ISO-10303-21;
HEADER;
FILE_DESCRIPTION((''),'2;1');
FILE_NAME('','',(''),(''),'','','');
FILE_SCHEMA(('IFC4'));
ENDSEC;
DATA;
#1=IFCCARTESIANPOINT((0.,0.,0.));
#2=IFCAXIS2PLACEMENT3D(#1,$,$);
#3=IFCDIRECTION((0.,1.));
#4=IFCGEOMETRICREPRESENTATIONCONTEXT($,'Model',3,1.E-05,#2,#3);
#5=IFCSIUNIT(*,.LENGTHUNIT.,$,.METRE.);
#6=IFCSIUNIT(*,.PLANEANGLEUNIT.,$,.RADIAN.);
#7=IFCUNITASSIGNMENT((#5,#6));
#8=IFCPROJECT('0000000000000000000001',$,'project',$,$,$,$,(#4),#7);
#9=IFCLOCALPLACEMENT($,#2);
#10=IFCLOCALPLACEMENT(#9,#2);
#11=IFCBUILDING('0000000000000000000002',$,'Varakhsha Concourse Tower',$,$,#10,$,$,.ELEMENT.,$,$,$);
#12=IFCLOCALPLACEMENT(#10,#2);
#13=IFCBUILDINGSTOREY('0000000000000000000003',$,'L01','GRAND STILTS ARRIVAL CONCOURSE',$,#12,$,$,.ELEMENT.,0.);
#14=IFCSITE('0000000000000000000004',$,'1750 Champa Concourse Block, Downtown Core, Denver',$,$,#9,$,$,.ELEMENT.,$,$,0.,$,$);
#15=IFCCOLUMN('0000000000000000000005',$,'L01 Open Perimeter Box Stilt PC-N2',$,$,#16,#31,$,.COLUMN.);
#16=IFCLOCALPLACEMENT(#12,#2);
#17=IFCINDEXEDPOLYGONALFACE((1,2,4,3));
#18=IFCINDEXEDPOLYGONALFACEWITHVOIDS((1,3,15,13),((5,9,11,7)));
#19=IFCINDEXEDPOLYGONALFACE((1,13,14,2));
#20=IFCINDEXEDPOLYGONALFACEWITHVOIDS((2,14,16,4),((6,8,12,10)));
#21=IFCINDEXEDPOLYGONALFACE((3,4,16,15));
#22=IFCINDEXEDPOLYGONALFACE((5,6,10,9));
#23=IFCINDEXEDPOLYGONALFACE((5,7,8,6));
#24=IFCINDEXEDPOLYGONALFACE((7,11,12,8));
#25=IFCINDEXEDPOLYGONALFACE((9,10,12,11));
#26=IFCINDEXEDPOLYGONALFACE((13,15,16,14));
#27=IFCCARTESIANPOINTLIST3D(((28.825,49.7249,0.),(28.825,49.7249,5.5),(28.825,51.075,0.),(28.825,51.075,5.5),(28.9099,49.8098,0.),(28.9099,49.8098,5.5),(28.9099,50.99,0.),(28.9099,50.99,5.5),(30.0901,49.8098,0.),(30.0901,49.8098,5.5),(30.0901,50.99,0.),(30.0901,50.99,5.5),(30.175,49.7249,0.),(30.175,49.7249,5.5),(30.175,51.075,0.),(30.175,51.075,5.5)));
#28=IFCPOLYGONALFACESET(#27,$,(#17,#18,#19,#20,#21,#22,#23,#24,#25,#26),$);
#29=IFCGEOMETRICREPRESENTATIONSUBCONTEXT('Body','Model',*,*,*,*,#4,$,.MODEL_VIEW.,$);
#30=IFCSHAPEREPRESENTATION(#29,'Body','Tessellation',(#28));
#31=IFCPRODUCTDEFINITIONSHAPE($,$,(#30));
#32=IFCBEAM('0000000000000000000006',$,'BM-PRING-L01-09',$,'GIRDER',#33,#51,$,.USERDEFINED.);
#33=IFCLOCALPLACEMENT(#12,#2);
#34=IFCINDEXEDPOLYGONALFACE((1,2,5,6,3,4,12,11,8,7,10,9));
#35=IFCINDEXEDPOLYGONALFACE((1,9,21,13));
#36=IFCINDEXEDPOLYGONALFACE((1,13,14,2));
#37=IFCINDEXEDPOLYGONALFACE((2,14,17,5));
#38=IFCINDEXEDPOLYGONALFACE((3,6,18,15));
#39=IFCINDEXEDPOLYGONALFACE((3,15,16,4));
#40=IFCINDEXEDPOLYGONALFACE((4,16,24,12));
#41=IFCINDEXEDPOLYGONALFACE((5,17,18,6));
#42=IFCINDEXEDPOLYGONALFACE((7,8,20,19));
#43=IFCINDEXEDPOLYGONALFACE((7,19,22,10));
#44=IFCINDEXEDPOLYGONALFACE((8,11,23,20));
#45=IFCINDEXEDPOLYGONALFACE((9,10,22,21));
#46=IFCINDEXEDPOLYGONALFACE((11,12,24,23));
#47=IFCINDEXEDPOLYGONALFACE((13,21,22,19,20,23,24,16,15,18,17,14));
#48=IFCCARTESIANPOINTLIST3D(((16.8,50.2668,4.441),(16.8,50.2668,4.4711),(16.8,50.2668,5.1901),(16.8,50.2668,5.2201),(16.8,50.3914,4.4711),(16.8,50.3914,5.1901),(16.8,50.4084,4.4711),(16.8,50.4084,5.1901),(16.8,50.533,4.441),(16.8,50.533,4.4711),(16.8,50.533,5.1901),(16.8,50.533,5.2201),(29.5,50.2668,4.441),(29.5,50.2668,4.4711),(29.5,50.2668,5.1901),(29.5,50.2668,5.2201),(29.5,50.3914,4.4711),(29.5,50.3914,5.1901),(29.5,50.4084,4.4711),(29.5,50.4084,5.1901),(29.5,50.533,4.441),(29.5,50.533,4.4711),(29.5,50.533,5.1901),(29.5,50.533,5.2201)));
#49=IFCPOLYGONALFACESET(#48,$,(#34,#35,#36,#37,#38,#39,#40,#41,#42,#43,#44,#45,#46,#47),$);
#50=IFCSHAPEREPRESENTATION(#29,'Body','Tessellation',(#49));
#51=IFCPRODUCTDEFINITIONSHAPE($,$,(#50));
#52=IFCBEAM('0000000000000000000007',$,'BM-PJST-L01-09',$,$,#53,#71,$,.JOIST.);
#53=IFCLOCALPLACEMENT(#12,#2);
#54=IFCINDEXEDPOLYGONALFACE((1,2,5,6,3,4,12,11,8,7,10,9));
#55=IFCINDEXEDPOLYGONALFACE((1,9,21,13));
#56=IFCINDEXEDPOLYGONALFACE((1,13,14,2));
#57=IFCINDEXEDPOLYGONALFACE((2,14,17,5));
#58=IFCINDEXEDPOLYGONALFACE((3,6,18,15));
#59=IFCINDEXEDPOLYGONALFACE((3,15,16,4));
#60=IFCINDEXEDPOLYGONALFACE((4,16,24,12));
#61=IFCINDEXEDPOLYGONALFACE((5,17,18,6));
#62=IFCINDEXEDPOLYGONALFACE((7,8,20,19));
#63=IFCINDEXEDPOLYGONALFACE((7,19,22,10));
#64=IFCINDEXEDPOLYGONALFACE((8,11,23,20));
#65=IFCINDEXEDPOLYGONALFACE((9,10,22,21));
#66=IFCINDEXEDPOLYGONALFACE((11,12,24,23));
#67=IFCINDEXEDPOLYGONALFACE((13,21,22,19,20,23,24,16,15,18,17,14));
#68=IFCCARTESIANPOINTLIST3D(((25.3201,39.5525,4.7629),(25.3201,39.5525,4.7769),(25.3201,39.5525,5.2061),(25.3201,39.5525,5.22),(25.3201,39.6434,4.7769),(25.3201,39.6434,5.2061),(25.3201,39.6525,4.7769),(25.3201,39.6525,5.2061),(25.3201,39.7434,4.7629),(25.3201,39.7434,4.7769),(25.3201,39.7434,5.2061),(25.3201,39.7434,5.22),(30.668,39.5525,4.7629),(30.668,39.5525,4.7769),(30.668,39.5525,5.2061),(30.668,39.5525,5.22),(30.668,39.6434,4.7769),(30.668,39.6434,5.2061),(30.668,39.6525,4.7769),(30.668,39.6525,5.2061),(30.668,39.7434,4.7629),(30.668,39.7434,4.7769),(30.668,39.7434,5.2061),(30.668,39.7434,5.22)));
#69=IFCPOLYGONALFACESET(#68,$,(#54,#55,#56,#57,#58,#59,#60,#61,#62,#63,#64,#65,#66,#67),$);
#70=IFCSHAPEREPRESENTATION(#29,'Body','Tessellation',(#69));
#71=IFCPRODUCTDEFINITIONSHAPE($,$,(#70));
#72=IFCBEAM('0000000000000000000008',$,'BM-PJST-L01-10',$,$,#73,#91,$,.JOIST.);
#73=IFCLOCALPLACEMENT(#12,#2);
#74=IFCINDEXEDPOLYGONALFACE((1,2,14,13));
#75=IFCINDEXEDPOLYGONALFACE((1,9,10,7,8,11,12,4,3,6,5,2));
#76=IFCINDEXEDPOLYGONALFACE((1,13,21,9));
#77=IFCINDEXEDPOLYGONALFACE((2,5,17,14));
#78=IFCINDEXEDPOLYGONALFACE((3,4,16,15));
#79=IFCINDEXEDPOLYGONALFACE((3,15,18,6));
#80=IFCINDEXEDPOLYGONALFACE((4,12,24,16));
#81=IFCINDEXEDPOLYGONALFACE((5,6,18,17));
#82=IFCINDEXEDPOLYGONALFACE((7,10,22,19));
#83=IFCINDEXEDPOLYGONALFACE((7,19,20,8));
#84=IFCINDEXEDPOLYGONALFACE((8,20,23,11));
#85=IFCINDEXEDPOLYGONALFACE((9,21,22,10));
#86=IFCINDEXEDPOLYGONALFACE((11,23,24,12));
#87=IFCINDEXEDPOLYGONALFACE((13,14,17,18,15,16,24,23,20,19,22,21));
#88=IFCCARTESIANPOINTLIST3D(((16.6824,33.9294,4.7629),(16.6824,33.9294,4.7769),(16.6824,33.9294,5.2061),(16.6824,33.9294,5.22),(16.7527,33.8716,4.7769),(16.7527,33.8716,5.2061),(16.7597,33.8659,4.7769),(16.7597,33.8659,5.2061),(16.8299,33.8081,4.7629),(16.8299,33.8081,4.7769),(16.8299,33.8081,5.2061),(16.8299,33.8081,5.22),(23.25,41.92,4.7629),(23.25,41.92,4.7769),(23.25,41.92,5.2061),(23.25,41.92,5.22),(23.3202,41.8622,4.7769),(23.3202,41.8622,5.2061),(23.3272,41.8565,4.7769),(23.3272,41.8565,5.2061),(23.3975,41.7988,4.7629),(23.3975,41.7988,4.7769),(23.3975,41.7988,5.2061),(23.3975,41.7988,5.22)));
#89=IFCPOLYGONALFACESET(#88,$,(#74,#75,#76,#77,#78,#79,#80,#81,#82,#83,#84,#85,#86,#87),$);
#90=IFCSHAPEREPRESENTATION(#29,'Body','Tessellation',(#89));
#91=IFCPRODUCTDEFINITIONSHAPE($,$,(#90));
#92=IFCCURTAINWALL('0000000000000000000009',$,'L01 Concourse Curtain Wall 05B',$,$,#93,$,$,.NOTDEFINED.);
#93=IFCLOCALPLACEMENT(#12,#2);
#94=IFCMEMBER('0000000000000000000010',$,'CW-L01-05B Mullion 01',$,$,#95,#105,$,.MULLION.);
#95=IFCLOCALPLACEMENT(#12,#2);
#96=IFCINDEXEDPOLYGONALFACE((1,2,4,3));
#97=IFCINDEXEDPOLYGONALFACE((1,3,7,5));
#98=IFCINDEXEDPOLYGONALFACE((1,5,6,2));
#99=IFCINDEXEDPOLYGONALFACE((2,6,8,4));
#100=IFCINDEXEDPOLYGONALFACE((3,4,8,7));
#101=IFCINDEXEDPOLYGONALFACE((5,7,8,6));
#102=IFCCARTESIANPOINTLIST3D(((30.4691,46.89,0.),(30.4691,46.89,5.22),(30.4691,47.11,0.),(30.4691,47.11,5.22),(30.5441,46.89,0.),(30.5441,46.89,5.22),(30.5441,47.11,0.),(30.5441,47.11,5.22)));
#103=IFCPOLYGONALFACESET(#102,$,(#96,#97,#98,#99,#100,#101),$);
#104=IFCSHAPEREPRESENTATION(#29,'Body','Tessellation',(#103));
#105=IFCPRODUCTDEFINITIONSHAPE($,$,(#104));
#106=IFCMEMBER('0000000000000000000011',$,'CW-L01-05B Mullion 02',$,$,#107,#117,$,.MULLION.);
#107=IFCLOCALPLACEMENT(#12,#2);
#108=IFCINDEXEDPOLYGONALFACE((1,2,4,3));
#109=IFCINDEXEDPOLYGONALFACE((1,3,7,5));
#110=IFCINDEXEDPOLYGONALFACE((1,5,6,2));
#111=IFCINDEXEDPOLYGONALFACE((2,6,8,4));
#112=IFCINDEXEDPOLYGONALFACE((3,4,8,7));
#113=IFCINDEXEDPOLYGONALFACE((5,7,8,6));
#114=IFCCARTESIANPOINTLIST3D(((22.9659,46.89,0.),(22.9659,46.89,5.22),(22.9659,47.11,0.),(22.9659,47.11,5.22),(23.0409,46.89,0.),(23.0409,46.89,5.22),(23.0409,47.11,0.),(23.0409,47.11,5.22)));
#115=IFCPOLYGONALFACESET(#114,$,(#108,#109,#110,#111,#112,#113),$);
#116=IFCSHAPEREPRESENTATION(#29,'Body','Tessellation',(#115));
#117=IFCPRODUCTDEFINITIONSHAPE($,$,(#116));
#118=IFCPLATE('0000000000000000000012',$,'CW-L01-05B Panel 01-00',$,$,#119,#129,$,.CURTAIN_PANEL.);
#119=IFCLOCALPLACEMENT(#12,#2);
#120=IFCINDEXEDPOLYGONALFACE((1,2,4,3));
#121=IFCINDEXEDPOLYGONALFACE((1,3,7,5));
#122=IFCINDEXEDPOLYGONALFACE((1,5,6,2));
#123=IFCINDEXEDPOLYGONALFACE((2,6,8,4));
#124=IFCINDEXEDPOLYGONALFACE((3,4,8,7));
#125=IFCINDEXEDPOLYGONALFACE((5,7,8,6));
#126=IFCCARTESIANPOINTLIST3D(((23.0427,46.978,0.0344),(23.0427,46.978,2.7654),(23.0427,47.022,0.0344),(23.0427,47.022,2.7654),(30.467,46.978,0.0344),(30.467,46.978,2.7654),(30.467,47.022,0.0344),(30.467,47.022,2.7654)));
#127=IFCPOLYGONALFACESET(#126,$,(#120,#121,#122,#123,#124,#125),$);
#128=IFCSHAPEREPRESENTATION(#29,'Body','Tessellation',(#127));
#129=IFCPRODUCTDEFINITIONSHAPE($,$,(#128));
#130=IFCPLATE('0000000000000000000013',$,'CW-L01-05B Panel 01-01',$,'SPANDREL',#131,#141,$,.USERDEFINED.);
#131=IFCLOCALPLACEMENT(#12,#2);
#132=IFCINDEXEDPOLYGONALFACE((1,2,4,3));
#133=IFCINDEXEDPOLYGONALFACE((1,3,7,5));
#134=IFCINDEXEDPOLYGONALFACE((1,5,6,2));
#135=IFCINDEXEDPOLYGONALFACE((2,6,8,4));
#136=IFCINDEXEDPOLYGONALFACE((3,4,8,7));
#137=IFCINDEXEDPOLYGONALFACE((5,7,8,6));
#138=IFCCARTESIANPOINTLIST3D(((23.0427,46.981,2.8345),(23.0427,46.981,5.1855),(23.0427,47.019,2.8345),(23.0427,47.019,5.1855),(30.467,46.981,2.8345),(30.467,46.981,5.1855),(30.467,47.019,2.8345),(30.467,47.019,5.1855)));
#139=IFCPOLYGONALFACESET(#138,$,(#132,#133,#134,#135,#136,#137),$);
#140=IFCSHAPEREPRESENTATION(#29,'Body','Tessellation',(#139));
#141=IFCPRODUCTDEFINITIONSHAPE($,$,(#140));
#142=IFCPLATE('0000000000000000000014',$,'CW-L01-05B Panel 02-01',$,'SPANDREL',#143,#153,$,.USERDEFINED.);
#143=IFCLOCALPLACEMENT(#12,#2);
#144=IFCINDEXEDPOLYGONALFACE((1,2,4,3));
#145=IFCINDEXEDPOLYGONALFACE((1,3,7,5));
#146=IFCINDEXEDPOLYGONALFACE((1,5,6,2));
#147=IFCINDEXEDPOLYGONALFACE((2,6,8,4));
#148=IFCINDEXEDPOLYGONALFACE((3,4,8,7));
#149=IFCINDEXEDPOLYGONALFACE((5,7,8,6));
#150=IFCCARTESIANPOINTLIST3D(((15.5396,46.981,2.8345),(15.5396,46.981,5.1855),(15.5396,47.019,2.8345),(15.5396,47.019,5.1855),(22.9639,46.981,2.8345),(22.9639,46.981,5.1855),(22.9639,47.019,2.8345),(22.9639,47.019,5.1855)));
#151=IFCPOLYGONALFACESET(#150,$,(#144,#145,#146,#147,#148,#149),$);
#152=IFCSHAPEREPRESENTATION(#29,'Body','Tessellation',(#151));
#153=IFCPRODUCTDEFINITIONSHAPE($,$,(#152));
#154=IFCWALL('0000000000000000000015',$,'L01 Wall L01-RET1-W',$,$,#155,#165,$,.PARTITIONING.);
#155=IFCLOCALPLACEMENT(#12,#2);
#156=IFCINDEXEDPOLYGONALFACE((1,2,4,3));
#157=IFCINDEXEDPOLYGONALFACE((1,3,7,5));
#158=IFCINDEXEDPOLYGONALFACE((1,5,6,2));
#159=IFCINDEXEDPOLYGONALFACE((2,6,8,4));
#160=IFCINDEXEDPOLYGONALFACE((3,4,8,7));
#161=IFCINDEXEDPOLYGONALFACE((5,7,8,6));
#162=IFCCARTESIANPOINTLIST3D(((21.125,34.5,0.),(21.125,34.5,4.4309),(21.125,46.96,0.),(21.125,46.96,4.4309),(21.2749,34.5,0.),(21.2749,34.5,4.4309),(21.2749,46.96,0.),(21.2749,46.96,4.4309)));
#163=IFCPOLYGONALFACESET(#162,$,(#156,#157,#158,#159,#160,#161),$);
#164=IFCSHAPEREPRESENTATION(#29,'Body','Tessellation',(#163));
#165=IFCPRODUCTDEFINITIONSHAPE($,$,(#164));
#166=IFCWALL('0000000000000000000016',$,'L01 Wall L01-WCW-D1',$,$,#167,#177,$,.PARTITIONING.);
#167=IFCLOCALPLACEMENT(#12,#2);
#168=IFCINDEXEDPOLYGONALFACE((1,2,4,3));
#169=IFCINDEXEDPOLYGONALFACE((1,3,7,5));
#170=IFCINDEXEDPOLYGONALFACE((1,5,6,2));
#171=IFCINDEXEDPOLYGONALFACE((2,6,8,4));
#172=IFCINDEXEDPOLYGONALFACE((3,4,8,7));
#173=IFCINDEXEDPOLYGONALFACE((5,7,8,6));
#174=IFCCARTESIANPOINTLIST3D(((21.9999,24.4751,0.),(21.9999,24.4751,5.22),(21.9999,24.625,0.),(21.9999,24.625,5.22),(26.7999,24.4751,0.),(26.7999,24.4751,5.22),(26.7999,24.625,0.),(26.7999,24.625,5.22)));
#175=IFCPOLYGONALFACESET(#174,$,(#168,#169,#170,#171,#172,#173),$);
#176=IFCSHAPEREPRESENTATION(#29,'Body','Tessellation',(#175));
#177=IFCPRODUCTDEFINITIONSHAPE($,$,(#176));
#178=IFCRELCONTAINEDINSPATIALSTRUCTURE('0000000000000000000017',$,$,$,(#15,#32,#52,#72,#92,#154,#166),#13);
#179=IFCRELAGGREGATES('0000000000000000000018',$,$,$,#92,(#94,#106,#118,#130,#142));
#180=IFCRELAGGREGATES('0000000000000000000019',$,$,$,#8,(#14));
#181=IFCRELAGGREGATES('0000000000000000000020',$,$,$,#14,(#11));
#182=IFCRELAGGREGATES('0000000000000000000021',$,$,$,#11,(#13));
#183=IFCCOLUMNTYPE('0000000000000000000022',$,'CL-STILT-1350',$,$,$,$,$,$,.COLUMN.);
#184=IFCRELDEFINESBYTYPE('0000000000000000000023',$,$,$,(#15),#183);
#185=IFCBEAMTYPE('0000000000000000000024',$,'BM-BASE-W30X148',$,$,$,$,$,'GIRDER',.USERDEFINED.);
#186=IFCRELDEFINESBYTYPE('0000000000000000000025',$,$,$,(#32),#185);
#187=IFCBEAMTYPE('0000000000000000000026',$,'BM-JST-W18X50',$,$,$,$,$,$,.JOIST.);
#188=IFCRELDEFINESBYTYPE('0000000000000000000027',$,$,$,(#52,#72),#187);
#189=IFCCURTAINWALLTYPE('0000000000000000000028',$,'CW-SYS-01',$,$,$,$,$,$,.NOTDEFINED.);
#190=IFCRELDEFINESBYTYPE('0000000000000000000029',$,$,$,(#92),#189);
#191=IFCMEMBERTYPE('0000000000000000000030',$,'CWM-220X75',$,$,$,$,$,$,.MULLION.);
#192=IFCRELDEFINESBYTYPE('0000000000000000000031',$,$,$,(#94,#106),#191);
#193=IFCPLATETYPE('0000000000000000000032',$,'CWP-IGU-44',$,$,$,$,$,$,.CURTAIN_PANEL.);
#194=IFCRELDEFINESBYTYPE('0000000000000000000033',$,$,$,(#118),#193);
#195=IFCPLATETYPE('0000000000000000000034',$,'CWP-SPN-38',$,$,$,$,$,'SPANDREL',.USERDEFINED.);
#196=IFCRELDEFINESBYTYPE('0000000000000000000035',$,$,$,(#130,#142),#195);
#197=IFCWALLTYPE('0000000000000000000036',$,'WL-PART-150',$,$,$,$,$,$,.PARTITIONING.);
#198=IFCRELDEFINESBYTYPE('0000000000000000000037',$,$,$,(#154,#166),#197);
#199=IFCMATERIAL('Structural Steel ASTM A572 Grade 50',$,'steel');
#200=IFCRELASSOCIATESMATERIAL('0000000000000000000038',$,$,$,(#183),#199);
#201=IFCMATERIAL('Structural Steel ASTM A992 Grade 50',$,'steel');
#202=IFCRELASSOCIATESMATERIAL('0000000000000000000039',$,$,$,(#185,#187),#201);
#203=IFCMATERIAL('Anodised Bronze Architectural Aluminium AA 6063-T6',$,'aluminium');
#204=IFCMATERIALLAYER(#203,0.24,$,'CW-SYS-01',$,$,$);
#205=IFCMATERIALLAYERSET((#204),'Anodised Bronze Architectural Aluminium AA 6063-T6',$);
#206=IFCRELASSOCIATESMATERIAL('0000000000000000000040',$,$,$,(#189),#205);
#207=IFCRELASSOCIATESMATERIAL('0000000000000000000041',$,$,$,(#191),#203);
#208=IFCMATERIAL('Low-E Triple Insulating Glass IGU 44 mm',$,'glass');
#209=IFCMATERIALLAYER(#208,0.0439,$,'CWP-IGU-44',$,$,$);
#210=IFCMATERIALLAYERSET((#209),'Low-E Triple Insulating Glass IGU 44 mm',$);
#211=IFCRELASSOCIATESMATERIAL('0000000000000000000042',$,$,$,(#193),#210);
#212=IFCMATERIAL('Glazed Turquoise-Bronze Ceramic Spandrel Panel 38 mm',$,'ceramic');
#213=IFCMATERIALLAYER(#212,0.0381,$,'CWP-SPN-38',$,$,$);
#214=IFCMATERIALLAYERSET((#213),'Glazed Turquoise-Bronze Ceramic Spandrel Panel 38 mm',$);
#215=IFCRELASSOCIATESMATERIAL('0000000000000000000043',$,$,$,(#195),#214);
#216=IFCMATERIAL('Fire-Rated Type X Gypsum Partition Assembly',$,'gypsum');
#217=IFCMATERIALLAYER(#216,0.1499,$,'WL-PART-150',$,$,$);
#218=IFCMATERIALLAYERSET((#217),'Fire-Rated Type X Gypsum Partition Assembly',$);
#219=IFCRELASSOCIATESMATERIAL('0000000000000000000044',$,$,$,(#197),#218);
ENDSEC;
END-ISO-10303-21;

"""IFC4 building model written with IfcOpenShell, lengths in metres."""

from ifc_helpers import new_model, si_unit, direction, frame, frame_2d, origin, origin_2d, place, context, subcontext, project, spatial, rectangle, hollow_rectangle, i_section, extrude, source, transform, mapped, material, layer, layer_set, material_profile, profile_set, type_object, type_shapes, element, aggregate, save


model = new_model("IFC4")

# Units and contexts
model_context = context("Model", 3, precision=1e-05, world=origin(), true_north=direction((0.0, 1.0)))
body_context = subcontext(model_context, "Body", "Model", "MODEL_VIEW")
ifc_project = project(units=[si_unit("LENGTHUNIT", "METRE"), si_unit("PLANEANGLEUNIT", "RADIAN")], contexts=[model_context])

# Site, building, storey
site_placement = place(None, origin())
site = spatial("IfcSite", under=ifc_project, at=site_placement, Name="1750 Champa Concourse Block, Downtown Core, Denver", CompositionType="ELEMENT", RefElevation=0.0)
building_placement = place(site_placement, origin())
building = spatial("IfcBuilding", under=site, at=building_placement, Name="Varakhsha Concourse Tower", CompositionType="ELEMENT")
storey_placement = place(building_placement, origin())
storey = spatial("IfcBuildingStorey", under=building, at=storey_placement, Name="L01", Description="GRAND STILTS ARRIVAL CONCOURSE", CompositionType="ELEMENT", Elevation=0.0)

# Column
ifc_material_1 = material(Name="Structural Steel ASTM A572 Grade 50", Category="steel")
ifc_material_profile_1 = material_profile(ifc_material_1, hollow_rectangle(XDim=1.3501, YDim=1.3501, WallThickness=0.085, at=origin_2d()), Name="BOX 1350x1350x85")
ifc_profile_set_1 = profile_set([ifc_material_profile_1], Name="Structural Steel ASTM A572 Grade 50")
column_type = type_object("IfcColumnType", Name="CL-STILT-1350", PredefinedType="COLUMN", material=ifc_profile_set_1)
column_placement = place(storey_placement, frame((29.5, 50.3999, 0.0), z_axis=(0.0, 0.0, 1.0), x_axis=(1.0, 0.0, 0.0)))
element("IfcColumn", 1, at=column_placement, inside=storey, type_object=column_type, Name="L01 Open Perimeter Box Stilt PC-N2", PredefinedType="COLUMN", context=body_context, shape_type="SweptSolid", body=[
    extrude(hollow_rectangle(XDim=1.3501, YDim=1.3501, WallThickness=0.085, at=origin_2d()), origin(), (0.0, 0.0, 1.0), 5.5),
])

# Beams
ifc_material_2 = material(Name="Structural Steel ASTM A992 Grade 50", Category="steel")
ifc_material_profile_2 = material_profile(ifc_material_2, i_section(OverallWidth=0.2661, OverallDepth=0.7791, WebThickness=0.0171, FlangeThickness=0.03, at=origin_2d()), Name="W30X148")
ifc_profile_set_2 = profile_set([ifc_material_profile_2], Name="Structural Steel ASTM A992 Grade 50")
beam_type_1 = type_object("IfcBeamType", Name="BM-BASE-W30X148", ElementType="GIRDER", PredefinedType="USERDEFINED", material=ifc_profile_set_2)
beam_1_placement = place(storey_placement, frame((29.5, 50.3999, 4.8306), z_axis=(-1.0, 0.0, 0.0), x_axis=(0.0, -1.0, 0.0)))
element("IfcBeam", 2, at=beam_1_placement, inside=storey, type_object=beam_type_1, Name="BM-PRING-L01-09", ObjectType="GIRDER", PredefinedType="USERDEFINED", context=body_context, shape_type="SweptSolid", body=[
    extrude(i_section(OverallWidth=0.2661, OverallDepth=0.7791, WebThickness=0.0171, FlangeThickness=0.03, at=origin_2d()), origin(), (0.0, 0.0, 1.0), 12.7),
])
ifc_material_profile_3 = material_profile(ifc_material_2, i_section(OverallWidth=0.1909, OverallDepth=0.457, WebThickness=0.009, FlangeThickness=0.0139, at=origin_2d()), Name="W18X50")
ifc_profile_set_3 = profile_set([ifc_material_profile_3], Name="Structural Steel ASTM A992 Grade 50")
beam_type_2 = type_object("IfcBeamType", Name="BM-JST-W18X50", PredefinedType="JOIST", material=ifc_profile_set_3)
beam_2_placement = place(storey_placement, frame((30.668, 39.6479, 4.9915), z_axis=(-1.0, 0.0, 0.0), x_axis=(0.0, -1.0, 0.0)))
element("IfcBeam", 3, at=beam_2_placement, inside=storey, type_object=beam_type_2, Name="BM-PJST-L01-09", PredefinedType="JOIST", context=body_context, shape_type="SweptSolid", body=[
    extrude(i_section(OverallWidth=0.1909, OverallDepth=0.457, WebThickness=0.009, FlangeThickness=0.0139, at=origin_2d()), origin(), (0.0, 0.0, 1.0), 5.3479),
])
beam_3_placement = place(storey_placement, frame((23.3237, 41.8594, 4.9915), z_axis=(-0.63496, -0.772545, 0.0), x_axis=(0.772545, -0.63496, 0.0)))
element("IfcBeam", 4, at=beam_3_placement, inside=storey, type_object=beam_type_2, Name="BM-PJST-L01-10", PredefinedType="JOIST", context=body_context, shape_type="SweptSolid", body=[
    extrude(i_section(OverallWidth=0.1909, OverallDepth=0.457, WebThickness=0.009, FlangeThickness=0.0139, at=origin_2d()), origin(), (0.0, 0.0, 1.0), 10.3433),
])

# Curtain wall, members, plates
ifc_material_3 = material(Name="Anodised Bronze Architectural Aluminium AA 6063-T6", Category="aluminium")
ifc_layer_1 = layer(ifc_material_3, 0.24, Name="CW-SYS-01")
ifc_layer_set_1 = layer_set([ifc_layer_1], Name="Anodised Bronze Architectural Aluminium AA 6063-T6")
curtain_wall_type = type_object("IfcCurtainWallType", Name="CW-SYS-01", PredefinedType="NOTDEFINED", material=ifc_layer_set_1)
curtain_wall_placement = place(storey_placement, origin())
curtain_wall = element("IfcCurtainWall", 5, at=curtain_wall_placement, inside=storey, type_object=curtain_wall_type, Name="L01 Concourse Curtain Wall 05B", PredefinedType="NOTDEFINED")
ifc_material_profile_4 = material_profile(ifc_material_3, rectangle(XDim=0.075, YDim=0.22, at=origin_2d()), Name="CWM-220X75")
ifc_profile_set_4 = profile_set([ifc_material_profile_4], Name="Anodised Bronze Architectural Aluminium AA 6063-T6")
member_type = type_object("IfcMemberType", Name="CWM-220X75", PredefinedType="MULLION", material=ifc_profile_set_4)
shared_shape_1 = source(origin(), body_context, "Body", "SweptSolid", [
    extrude(rectangle(XDim=0.075, YDim=0.22, at=origin_2d()), origin(), (0.0, 0.0, 1.0), 5.22),
])
type_shapes(member_type, [shared_shape_1])
member_1_placement = place(storey_placement, frame((30.5066, 47.0, 0.0), z_axis=(0.0, 0.0, 1.0), x_axis=(-1.0, 0.0, 0.0)))
member_1 = element("IfcMember", 6, at=member_1_placement, type_object=member_type, Name="CW-L01-05B Mullion 01", PredefinedType="MULLION", context=body_context, shape_type="MappedRepresentation", body=[
    mapped(shared_shape_1, transform((0.0, 0.0, 0.0), scale=1.0)),
])
member_2_placement = place(storey_placement, frame((23.0034, 47.0, 0.0), z_axis=(0.0, 0.0, 1.0), x_axis=(-1.0, 0.0, 0.0)))
member_2 = element("IfcMember", 7, at=member_2_placement, type_object=member_type, Name="CW-L01-05B Mullion 02", PredefinedType="MULLION", context=body_context, shape_type="MappedRepresentation", body=[
    mapped(shared_shape_1, transform((0.0, 0.0, 0.0), scale=1.0)),
])
ifc_material_4 = material(Name="Low-E Triple Insulating Glass IGU 44 mm", Category="glass")
ifc_layer_2 = layer(ifc_material_4, 0.0439, Name="CWP-IGU-44")
ifc_layer_set_2 = layer_set([ifc_layer_2], Name="Low-E Triple Insulating Glass IGU 44 mm")
plate_type_1 = type_object("IfcPlateType", Name="CWP-IGU-44", PredefinedType="CURTAIN_PANEL", material=ifc_layer_set_2)
shared_shape_2 = source(origin(), body_context, "Body", "SweptSolid", [
    extrude(rectangle(XDim=7.4243, YDim=0.0439, at=origin_2d()), origin(), (0.0, 0.0, 1.0), 2.731),
])
type_shapes(plate_type_1, [shared_shape_2])
plate_1_placement = place(storey_placement, frame((26.7549, 47.0, 0.0344), z_axis=(0.0, 0.0, 1.0), x_axis=(-1.0, 0.0, 0.0)))
plate_1 = element("IfcPlate", 8, at=plate_1_placement, type_object=plate_type_1, Name="CW-L01-05B Panel 01-00", PredefinedType="CURTAIN_PANEL", context=body_context, shape_type="MappedRepresentation", body=[
    mapped(shared_shape_2, transform((0.0, 0.0, 0.0), scale=1.0)),
])
ifc_material_5 = material(Name="Glazed Turquoise-Bronze Ceramic Spandrel Panel 38 mm", Category="ceramic")
ifc_layer_3 = layer(ifc_material_5, 0.0381, Name="CWP-SPN-38")
ifc_layer_set_3 = layer_set([ifc_layer_3], Name="Glazed Turquoise-Bronze Ceramic Spandrel Panel 38 mm")
plate_type_2 = type_object("IfcPlateType", Name="CWP-SPN-38", ElementType="SPANDREL", PredefinedType="USERDEFINED", material=ifc_layer_set_3)
shared_shape_3 = source(origin(), body_context, "Body", "SweptSolid", [
    extrude(rectangle(XDim=7.4243, YDim=0.0381, at=origin_2d()), origin(), (0.0, 0.0, 1.0), 2.3511),
])
type_shapes(plate_type_2, [shared_shape_3])
plate_2_placement = place(storey_placement, frame((26.7549, 47.0, 2.8345), z_axis=(0.0, 0.0, 1.0), x_axis=(-1.0, 0.0, 0.0)))
plate_2 = element("IfcPlate", 9, at=plate_2_placement, type_object=plate_type_2, Name="CW-L01-05B Panel 01-01", ObjectType="SPANDREL", PredefinedType="USERDEFINED", context=body_context, shape_type="MappedRepresentation", body=[
    mapped(shared_shape_3, transform((0.0, 0.0, 0.0), scale=1.0)),
])
plate_3_placement = place(storey_placement, frame((19.2517, 47.0, 2.8345), z_axis=(0.0, 0.0, 1.0), x_axis=(-1.0, 0.0, 0.0)))
plate_3 = element("IfcPlate", 10, at=plate_3_placement, type_object=plate_type_2, Name="CW-L01-05B Panel 02-01", ObjectType="SPANDREL", PredefinedType="USERDEFINED", context=body_context, shape_type="MappedRepresentation", body=[
    mapped(shared_shape_3, transform((0.0, 0.0, 0.0), scale=1.0)),
])
aggregate(curtain_wall, [member_1, member_2, plate_1, plate_2, plate_3])

# Walls
ifc_material_6 = material(Name="Fire-Rated Type X Gypsum Partition Assembly", Category="gypsum")
ifc_layer_4 = layer(ifc_material_6, 0.1499, Name="WL-PART-150")
ifc_layer_set_4 = layer_set([ifc_layer_4], Name="Fire-Rated Type X Gypsum Partition Assembly")
wall_type_1 = type_object("IfcWallType", Name="WL-PART-150", PredefinedType="PARTITIONING", material=ifc_layer_set_4)
wall_1_placement = place(storey_placement, frame((21.2, 34.5, 0.0), z_axis=(0.0, 0.0, 1.0), x_axis=(0.0, 1.0, 0.0)))
element("IfcWall", 11, at=wall_1_placement, inside=storey, type_object=wall_type_1, Name="L01 Wall L01-RET1-W", PredefinedType="PARTITIONING", context=body_context, shape_type="SweptSolid", body=[
    extrude(rectangle(XDim=12.46, YDim=0.1499, at=frame_2d((6.23, 0.0))), origin(), (0.0, 0.0, 1.0), 4.4309),
])
for number, where, z_axis, x_axis, name in (
    (12, (22.0, 24.55, 0.0), (0.0, 0.0, 1.0), (1.0, 0.0, 0.0), "L01 Wall L01-WCW-D1"),
):
    element("IfcWall", number, at=place(storey_placement, frame(where, z_axis=z_axis, x_axis=x_axis)), inside=storey, type_object=wall_type_1, Name=name, PredefinedType="PARTITIONING", context=body_context, shape_type="SweptSolid", body=[
        extrude(rectangle(XDim=4.8, YDim=0.1499, at=frame_2d((2.3999, 0.0))), origin(), (0.0, 0.0, 1.0), 5.22),
    ])

save(model, "model.ifc")
